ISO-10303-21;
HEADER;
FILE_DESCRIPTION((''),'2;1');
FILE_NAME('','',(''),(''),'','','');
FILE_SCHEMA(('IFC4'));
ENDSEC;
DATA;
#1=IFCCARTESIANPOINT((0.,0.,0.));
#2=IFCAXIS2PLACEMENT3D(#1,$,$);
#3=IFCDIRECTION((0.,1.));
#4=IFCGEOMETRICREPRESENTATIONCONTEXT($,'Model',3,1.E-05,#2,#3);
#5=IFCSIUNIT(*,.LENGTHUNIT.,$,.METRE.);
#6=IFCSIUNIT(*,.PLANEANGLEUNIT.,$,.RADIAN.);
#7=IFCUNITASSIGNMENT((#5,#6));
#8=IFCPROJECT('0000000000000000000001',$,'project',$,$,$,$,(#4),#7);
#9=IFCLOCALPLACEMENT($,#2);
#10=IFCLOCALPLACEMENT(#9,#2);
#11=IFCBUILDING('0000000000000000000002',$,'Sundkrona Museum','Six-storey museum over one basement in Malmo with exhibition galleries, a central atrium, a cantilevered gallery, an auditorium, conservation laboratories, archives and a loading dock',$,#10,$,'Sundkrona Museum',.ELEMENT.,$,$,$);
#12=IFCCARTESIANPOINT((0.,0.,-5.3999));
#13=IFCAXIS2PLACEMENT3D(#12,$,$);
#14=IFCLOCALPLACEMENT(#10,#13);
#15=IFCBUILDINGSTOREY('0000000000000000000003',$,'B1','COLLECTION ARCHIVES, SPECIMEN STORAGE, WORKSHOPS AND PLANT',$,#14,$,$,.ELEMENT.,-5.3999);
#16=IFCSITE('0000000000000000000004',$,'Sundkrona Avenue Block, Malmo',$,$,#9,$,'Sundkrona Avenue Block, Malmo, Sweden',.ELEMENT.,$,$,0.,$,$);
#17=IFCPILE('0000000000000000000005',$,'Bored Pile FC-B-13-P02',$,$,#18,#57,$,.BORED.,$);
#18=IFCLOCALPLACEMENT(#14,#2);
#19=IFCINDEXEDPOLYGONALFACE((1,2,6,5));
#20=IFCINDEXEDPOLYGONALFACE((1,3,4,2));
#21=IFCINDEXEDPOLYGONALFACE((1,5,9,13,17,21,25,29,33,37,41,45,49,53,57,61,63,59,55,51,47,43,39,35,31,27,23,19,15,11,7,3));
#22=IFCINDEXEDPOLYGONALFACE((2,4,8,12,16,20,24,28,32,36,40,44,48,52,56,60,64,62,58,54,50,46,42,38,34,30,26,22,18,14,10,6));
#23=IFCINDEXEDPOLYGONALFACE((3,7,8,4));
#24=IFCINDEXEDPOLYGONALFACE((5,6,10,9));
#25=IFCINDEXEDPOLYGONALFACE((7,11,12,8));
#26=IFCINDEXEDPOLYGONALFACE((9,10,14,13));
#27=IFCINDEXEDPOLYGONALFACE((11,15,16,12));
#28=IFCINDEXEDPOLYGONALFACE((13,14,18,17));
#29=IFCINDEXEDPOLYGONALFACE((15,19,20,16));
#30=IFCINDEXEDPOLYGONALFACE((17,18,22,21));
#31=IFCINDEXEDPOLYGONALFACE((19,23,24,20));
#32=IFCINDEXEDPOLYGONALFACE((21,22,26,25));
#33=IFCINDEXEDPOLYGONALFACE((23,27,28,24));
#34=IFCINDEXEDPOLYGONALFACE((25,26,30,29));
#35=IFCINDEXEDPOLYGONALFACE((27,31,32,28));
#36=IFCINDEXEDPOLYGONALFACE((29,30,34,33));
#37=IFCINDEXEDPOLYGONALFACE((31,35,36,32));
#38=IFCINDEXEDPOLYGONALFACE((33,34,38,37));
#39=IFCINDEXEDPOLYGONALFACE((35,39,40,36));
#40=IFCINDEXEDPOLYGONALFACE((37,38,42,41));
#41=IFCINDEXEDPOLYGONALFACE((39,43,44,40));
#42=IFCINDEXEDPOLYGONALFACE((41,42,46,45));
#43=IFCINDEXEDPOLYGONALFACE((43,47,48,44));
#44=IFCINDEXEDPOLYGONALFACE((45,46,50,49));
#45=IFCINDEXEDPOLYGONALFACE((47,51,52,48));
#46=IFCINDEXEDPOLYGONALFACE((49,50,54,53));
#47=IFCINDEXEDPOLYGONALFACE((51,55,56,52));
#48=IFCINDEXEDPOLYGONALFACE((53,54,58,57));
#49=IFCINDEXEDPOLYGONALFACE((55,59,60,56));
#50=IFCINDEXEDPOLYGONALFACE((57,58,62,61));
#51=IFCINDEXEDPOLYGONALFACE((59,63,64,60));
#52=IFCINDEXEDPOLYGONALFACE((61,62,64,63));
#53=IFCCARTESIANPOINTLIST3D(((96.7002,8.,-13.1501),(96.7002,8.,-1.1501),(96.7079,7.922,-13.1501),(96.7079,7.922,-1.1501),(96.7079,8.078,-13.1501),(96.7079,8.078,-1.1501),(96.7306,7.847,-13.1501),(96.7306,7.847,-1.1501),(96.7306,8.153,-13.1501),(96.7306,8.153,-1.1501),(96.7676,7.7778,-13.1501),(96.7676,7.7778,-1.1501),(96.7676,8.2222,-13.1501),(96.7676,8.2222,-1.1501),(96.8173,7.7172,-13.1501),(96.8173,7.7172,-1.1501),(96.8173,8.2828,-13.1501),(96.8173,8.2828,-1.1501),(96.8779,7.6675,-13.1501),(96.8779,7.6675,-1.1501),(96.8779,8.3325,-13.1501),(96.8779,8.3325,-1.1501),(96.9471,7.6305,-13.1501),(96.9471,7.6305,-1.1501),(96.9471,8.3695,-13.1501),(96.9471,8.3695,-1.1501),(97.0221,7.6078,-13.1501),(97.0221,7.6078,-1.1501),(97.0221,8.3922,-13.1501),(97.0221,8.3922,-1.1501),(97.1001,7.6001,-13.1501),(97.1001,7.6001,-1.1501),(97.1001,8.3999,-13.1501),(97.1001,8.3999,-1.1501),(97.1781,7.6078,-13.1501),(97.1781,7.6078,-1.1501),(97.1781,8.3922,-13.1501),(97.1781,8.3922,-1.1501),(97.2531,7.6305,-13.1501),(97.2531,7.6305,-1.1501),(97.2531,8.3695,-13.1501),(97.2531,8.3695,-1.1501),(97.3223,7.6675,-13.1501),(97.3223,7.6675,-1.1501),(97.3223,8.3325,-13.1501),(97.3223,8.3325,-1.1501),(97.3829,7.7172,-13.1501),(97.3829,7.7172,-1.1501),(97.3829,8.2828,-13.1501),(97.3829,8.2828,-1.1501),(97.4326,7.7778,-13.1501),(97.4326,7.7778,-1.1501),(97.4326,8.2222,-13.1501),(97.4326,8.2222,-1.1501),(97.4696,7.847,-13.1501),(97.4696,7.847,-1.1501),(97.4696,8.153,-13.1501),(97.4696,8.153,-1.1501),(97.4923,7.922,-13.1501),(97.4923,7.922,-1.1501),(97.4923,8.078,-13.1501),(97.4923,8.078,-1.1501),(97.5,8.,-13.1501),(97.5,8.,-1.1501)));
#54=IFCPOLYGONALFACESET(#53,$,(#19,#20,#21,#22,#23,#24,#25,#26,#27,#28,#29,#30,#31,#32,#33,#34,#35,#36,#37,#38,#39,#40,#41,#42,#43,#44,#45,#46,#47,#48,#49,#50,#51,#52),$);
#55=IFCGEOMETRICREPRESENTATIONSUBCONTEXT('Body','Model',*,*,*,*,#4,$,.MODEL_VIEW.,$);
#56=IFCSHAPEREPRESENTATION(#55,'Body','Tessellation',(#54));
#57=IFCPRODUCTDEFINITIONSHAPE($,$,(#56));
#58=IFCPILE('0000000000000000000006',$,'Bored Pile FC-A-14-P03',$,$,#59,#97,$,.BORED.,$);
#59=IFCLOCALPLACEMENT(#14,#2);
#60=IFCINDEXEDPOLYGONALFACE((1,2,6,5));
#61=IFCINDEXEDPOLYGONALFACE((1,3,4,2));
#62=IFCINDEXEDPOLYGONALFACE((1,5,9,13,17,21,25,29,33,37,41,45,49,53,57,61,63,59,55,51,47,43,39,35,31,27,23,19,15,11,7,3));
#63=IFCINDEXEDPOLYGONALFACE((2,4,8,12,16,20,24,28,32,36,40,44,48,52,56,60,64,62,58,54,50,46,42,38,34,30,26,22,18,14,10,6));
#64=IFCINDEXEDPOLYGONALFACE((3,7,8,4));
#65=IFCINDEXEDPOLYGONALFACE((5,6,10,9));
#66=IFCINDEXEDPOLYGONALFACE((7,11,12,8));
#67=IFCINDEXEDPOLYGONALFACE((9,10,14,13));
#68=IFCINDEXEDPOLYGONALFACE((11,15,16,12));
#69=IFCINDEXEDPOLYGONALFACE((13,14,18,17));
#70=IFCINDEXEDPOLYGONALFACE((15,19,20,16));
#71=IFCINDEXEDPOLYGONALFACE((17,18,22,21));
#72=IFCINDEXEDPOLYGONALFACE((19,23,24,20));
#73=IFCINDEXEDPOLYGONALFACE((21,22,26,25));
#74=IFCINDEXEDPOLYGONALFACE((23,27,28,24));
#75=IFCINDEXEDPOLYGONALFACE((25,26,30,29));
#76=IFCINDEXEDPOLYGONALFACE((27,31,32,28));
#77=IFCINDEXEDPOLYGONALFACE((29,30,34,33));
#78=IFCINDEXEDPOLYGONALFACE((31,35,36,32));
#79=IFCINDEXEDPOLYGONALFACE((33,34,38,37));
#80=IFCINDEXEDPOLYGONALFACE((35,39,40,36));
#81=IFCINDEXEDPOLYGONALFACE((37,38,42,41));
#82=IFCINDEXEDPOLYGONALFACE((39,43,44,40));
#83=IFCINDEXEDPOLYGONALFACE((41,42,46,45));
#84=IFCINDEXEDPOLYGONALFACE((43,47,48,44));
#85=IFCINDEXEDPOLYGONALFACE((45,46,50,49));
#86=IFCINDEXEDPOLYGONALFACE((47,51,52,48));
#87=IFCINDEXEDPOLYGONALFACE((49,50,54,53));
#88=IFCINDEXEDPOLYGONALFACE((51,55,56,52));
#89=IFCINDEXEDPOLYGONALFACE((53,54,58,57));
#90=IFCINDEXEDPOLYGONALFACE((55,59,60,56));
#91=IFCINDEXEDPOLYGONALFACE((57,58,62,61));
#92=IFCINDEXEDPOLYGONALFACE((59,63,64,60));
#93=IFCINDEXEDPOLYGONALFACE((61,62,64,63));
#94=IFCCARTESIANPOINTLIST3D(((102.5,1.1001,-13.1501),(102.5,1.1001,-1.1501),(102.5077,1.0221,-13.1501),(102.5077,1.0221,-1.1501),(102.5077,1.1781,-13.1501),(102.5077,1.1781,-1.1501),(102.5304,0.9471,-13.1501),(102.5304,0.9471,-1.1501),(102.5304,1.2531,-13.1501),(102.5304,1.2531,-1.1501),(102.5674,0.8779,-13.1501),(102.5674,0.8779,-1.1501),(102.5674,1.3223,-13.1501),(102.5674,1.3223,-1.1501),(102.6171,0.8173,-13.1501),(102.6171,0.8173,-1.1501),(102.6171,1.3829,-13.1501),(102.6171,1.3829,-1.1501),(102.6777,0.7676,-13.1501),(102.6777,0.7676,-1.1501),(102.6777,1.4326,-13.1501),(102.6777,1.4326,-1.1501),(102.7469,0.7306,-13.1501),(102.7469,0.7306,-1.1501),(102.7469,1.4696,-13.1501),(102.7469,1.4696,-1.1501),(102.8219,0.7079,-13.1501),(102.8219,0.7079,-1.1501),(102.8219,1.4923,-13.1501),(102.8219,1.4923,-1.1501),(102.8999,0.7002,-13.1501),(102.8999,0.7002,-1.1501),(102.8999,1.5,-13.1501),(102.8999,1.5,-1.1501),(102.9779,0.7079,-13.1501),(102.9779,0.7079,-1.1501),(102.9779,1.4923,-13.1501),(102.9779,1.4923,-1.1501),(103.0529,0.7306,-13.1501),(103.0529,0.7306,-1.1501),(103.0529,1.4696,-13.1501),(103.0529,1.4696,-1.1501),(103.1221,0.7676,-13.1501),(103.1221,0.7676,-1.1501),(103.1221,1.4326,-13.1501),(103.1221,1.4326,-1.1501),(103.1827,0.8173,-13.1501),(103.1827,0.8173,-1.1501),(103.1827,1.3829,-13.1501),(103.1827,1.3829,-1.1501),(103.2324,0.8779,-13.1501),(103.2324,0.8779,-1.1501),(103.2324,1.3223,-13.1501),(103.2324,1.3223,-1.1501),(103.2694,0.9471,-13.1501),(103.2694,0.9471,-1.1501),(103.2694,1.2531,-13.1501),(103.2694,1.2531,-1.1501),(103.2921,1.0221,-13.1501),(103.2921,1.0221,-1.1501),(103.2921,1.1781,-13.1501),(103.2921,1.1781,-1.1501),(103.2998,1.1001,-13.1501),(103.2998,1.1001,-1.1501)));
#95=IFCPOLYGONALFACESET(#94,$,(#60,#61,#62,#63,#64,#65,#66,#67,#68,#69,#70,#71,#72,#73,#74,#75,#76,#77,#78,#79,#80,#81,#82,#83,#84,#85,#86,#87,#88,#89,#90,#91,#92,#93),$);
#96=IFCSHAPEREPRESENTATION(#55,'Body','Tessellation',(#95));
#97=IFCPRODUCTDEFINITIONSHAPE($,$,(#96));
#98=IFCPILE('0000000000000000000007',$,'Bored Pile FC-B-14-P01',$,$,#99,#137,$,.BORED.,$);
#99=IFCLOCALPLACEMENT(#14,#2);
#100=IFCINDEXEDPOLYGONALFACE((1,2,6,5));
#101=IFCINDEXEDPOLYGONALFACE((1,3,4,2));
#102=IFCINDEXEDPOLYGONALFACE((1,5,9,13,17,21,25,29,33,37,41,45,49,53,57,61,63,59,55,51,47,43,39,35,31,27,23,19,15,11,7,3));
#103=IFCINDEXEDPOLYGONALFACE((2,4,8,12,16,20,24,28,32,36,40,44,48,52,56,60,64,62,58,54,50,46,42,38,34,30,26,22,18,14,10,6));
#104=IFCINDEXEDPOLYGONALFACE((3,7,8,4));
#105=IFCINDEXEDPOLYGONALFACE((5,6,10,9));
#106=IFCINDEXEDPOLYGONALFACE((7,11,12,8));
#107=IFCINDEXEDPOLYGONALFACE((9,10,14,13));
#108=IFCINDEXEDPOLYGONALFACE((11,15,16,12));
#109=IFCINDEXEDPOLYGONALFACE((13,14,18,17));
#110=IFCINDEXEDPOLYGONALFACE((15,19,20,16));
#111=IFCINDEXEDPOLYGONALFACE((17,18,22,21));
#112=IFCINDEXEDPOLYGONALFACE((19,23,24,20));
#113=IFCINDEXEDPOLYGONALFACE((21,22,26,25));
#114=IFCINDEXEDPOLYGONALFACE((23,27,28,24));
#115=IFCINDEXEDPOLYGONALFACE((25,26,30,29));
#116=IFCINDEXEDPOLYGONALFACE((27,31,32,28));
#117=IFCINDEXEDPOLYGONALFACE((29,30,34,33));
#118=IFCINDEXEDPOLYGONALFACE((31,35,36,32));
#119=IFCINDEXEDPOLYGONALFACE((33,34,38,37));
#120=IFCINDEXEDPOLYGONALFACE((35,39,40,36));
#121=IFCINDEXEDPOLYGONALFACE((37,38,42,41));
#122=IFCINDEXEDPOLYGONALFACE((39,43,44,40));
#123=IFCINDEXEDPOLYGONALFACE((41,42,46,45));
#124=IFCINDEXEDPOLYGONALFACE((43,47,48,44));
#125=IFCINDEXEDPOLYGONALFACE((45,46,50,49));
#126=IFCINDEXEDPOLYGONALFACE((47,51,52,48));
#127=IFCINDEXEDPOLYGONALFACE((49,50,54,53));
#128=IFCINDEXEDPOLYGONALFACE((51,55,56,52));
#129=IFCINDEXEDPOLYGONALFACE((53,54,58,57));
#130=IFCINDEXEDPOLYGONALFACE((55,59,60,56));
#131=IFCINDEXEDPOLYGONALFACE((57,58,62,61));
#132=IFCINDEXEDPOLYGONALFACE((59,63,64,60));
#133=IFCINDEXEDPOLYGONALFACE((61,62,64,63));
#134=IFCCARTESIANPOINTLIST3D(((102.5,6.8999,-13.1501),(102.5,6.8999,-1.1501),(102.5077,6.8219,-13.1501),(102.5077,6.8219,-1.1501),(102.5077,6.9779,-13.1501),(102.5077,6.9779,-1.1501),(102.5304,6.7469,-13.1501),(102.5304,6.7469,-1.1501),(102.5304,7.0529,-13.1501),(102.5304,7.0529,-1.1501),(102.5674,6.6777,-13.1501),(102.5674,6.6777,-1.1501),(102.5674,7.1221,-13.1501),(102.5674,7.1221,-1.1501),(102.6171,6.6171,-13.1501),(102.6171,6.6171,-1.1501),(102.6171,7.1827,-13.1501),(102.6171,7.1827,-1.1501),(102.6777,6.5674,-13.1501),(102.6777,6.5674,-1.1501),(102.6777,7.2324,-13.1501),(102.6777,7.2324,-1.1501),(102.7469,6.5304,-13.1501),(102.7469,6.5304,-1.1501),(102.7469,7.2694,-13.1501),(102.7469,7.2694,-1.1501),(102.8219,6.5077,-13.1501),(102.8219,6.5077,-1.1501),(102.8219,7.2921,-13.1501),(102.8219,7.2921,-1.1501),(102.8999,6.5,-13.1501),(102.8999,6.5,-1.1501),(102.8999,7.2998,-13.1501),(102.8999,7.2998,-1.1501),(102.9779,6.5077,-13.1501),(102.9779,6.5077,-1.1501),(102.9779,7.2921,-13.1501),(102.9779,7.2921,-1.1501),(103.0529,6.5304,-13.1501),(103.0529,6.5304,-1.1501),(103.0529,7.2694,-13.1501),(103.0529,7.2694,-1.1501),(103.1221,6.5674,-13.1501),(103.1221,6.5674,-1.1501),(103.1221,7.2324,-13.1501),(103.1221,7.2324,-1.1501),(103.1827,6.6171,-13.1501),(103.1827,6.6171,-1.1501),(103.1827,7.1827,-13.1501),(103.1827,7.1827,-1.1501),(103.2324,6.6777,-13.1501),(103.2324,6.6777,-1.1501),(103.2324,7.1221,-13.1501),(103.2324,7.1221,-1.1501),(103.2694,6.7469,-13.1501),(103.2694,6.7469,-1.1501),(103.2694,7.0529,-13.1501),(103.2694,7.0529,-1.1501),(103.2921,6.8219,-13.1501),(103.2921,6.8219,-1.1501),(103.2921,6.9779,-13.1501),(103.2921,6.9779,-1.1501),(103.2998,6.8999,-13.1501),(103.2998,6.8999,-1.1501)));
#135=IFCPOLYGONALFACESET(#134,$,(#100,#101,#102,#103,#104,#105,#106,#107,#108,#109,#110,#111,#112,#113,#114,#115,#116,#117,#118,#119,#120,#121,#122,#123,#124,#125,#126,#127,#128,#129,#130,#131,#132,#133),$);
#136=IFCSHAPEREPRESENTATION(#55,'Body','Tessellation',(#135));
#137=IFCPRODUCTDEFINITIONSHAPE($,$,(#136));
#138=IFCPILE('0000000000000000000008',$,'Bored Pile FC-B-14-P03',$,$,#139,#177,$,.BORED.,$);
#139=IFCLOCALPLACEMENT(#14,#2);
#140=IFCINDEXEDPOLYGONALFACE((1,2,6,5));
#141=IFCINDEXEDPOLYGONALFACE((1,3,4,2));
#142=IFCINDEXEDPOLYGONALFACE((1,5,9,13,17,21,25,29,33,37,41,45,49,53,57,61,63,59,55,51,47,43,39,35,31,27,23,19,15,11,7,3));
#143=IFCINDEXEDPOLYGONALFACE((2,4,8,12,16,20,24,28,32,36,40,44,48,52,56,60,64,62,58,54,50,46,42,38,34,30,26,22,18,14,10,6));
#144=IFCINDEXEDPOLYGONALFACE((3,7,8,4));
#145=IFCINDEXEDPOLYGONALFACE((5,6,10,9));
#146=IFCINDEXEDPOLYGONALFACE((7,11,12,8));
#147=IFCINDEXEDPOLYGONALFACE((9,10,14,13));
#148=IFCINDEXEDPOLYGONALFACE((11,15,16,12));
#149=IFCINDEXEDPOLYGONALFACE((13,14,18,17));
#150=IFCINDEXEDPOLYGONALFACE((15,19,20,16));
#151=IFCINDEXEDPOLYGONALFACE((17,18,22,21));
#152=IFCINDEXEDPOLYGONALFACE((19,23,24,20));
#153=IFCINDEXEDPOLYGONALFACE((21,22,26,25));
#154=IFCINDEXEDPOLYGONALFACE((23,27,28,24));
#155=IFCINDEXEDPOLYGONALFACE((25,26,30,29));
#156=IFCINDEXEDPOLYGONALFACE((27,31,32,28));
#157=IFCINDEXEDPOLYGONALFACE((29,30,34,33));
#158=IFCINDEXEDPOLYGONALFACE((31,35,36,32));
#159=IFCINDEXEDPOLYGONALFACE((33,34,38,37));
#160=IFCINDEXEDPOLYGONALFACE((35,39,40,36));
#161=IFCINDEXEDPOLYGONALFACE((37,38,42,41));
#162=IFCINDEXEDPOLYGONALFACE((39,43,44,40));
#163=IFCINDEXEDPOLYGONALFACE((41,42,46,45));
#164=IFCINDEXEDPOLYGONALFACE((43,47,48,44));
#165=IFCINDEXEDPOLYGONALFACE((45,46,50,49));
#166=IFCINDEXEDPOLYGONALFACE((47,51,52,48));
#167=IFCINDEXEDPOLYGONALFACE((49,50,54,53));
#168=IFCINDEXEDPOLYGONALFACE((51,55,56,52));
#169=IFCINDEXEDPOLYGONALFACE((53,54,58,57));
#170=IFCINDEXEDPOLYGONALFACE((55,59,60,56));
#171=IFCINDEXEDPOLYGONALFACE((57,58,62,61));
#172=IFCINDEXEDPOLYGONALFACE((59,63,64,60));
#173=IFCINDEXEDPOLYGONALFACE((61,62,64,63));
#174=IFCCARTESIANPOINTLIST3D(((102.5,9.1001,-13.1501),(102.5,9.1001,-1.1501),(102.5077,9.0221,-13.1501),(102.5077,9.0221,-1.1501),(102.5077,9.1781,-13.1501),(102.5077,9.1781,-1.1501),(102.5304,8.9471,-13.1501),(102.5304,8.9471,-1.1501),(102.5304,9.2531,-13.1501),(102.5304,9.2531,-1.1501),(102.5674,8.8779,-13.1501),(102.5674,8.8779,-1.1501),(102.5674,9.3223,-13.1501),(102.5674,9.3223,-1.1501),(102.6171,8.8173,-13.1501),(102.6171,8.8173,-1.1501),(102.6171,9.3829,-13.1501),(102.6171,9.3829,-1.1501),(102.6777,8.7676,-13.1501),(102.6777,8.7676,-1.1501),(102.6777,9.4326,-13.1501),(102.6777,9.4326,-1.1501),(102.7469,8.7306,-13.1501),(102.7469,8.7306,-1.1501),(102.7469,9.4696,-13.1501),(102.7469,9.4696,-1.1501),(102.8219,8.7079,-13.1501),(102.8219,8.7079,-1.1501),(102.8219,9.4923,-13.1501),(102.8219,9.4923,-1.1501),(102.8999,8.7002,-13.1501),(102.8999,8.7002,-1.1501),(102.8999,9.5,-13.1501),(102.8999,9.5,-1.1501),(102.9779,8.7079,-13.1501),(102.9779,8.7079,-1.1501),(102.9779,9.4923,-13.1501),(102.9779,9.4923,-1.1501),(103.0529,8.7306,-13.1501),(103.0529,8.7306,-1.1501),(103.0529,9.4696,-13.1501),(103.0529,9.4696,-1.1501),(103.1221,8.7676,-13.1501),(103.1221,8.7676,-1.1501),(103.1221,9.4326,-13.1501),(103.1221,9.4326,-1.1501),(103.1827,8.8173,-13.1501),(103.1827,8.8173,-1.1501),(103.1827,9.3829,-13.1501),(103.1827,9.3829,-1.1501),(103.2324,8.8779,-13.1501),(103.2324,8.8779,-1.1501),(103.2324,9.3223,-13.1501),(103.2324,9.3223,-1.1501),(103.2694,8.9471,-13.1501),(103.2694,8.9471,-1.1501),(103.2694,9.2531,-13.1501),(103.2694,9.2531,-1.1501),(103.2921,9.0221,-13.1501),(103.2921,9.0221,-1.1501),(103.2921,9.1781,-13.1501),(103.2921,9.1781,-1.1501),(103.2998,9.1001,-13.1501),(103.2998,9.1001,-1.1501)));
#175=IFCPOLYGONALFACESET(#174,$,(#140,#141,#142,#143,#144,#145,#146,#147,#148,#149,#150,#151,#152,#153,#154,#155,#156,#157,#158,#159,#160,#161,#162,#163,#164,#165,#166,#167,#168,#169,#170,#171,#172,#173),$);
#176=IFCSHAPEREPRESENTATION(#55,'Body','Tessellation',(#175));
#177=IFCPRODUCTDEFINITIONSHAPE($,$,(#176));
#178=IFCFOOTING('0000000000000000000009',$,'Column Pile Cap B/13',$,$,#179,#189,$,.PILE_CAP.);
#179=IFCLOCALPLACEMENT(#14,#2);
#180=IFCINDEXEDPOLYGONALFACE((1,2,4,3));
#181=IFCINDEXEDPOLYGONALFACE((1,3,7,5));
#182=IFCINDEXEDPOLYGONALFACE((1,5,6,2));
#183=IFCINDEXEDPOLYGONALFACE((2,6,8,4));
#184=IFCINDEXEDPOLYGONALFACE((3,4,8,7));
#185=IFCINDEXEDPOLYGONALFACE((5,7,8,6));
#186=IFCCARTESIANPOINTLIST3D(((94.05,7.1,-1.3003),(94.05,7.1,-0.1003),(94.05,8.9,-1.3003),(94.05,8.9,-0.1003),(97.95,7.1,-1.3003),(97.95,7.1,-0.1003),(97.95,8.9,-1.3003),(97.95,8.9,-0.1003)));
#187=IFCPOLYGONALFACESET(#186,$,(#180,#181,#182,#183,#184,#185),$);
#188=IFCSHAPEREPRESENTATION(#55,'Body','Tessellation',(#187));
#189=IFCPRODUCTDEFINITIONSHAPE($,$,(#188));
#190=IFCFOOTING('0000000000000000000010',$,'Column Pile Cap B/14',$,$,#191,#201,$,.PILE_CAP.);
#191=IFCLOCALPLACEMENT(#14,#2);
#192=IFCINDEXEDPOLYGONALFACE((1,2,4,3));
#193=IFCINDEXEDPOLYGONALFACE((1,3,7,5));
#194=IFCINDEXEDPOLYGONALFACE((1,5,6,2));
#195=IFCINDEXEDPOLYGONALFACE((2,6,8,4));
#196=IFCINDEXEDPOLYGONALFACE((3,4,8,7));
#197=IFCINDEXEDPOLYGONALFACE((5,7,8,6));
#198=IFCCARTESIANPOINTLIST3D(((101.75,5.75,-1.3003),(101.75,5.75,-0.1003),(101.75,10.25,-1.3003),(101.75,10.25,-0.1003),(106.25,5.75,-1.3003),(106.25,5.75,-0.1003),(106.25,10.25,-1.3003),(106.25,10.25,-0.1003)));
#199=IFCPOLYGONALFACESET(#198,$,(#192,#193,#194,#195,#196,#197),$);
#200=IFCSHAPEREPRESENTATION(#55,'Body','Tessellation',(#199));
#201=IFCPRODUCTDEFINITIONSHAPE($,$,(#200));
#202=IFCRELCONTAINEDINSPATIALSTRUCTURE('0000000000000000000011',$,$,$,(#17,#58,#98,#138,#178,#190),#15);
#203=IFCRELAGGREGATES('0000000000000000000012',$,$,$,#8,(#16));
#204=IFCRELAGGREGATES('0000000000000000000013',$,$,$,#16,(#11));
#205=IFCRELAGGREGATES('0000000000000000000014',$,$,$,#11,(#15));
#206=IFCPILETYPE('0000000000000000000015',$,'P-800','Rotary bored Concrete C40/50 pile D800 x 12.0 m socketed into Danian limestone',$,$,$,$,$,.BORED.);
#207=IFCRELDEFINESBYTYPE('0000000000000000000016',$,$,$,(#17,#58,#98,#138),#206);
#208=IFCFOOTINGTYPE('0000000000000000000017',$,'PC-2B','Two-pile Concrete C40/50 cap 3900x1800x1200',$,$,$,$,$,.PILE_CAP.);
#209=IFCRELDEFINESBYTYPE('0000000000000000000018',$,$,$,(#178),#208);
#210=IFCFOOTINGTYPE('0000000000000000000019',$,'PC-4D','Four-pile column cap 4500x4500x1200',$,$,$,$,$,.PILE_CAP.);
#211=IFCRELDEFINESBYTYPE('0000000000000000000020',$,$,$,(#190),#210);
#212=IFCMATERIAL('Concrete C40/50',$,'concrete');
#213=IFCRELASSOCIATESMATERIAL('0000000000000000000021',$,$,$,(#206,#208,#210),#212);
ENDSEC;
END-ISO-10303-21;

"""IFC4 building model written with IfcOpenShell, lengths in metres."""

from ifc_helpers import new_model, si_unit, direction, frame, origin, origin_2d, place, context, subcontext, project, spatial, rectangle, circle, extrude, material, material_profile, profile_set, type_object, element, save


model = new_model("IFC4")

# Units and contexts
model_context = context("Model", 3, precision=1e-05, world=origin(), true_north=direction((0.0, 1.0)))
body_context = subcontext(model_context, "Body", "Model", "MODEL_VIEW")
ifc_project = project(units=[si_unit("LENGTHUNIT", "METRE"), si_unit("PLANEANGLEUNIT", "RADIAN")], contexts=[model_context])

# Site, building, storey
site_placement = place(None, origin())
site = spatial("IfcSite", under=ifc_project, at=site_placement, Name="Sundkrona Avenue Block, Malmo", LongName="Sundkrona Avenue Block, Malmo, Sweden", CompositionType="ELEMENT", RefElevation=0.0)
building_placement = place(site_placement, origin())
building = spatial("IfcBuilding", under=site, at=building_placement, Name="Sundkrona Museum", Description="Six-storey museum over one basement in Malmo with exhibition galleries, a central atrium, a cantilevered gallery, an auditorium, conservation laboratories, archives and a loading dock", LongName="Sundkrona Museum", CompositionType="ELEMENT")
storey_placement = place(building_placement, frame((0.0, 0.0, -5.3999)))
storey = spatial("IfcBuildingStorey", under=building, at=storey_placement, Name="B1", Description="COLLECTION ARCHIVES, SPECIMEN STORAGE, WORKSHOPS AND PLANT", CompositionType="ELEMENT", Elevation=-5.3999)

# Shared definitions
ifc_material_1 = material(Name="Concrete C40/50", Category="concrete")

# Piles
ifc_material_profile_1 = material_profile(ifc_material_1, circle(Radius=0.3999, at=origin_2d()), Name="PILE D800")
ifc_profile_set_1 = profile_set([ifc_material_profile_1], Name="Concrete C40/50")
pile_type = type_object("IfcPileType", Name="P-800", Description="Rotary bored Concrete C40/50 pile D800 x 12.0 m socketed into Danian limestone", PredefinedType="BORED", material=ifc_profile_set_1)
for number, where, z_axis, x_axis, name in (
    (1, (97.1001, 8.0, -1.1501), (0.0, 0.0, -1.0), (1.0, 0.0, 0.0), "Bored Pile FC-B-13-P02"),
    (2, (102.8999, 1.1001, -1.1501), (0.0, 0.0, -1.0), (1.0, 0.0, 0.0), "Bored Pile FC-A-14-P03"),
    (3, (102.8999, 6.8999, -1.1501), (0.0, 0.0, -1.0), (1.0, 0.0, 0.0), "Bored Pile FC-B-14-P01"),
    (4, (102.8999, 9.1001, -1.1501), (0.0, 0.0, -1.0), (1.0, 0.0, 0.0), "Bored Pile FC-B-14-P03"),
):
    element("IfcPile", number, at=place(storey_placement, frame(where, z_axis=z_axis, x_axis=x_axis)), inside=storey, type_object=pile_type, Name=name, PredefinedType="BORED", context=body_context, shape_type="SweptSolid", body=[
        extrude(circle(Radius=0.3999, at=origin_2d()), origin(), (0.0, 0.0, 1.0), 12.0),
    ])

# Footings
footing_type_1 = type_object("IfcFootingType", Name="PC-2B", Description="Two-pile Concrete C40/50 cap 3900x1800x1200", PredefinedType="PILE_CAP", material=ifc_material_1)
footing_1_placement = place(storey_placement, frame((96.0, 8.0, -1.3003), z_axis=(0.0, 0.0, 1.0), x_axis=(1.0, 0.0, 0.0)))
element("IfcFooting", 5, at=footing_1_placement, inside=storey, type_object=footing_type_1, Name="Column Pile Cap B/13", PredefinedType="PILE_CAP", context=body_context, shape_type="SweptSolid", body=[
    extrude(rectangle(XDim=3.8999, YDim=1.8, at=origin_2d()), origin(), (0.0, 0.0, 1.0), 1.2),
])
footing_type_2 = type_object("IfcFootingType", Name="PC-4D", Description="Four-pile column cap 4500x4500x1200", PredefinedType="PILE_CAP", material=ifc_material_1)
footing_2_placement = place(storey_placement, frame((104.0, 8.0, -1.3003), z_axis=(0.0, 0.0, 1.0), x_axis=(1.0, 0.0, 0.0)))
element("IfcFooting", 6, at=footing_2_placement, inside=storey, type_object=footing_type_2, Name="Column Pile Cap B/14", PredefinedType="PILE_CAP", context=body_context, shape_type="SweptSolid", body=[
    extrude(rectangle(XDim=4.5, YDim=4.5, at=origin_2d()), origin(), (0.0, 0.0, 1.0), 1.2),
])

save(model, "model.ifc")
